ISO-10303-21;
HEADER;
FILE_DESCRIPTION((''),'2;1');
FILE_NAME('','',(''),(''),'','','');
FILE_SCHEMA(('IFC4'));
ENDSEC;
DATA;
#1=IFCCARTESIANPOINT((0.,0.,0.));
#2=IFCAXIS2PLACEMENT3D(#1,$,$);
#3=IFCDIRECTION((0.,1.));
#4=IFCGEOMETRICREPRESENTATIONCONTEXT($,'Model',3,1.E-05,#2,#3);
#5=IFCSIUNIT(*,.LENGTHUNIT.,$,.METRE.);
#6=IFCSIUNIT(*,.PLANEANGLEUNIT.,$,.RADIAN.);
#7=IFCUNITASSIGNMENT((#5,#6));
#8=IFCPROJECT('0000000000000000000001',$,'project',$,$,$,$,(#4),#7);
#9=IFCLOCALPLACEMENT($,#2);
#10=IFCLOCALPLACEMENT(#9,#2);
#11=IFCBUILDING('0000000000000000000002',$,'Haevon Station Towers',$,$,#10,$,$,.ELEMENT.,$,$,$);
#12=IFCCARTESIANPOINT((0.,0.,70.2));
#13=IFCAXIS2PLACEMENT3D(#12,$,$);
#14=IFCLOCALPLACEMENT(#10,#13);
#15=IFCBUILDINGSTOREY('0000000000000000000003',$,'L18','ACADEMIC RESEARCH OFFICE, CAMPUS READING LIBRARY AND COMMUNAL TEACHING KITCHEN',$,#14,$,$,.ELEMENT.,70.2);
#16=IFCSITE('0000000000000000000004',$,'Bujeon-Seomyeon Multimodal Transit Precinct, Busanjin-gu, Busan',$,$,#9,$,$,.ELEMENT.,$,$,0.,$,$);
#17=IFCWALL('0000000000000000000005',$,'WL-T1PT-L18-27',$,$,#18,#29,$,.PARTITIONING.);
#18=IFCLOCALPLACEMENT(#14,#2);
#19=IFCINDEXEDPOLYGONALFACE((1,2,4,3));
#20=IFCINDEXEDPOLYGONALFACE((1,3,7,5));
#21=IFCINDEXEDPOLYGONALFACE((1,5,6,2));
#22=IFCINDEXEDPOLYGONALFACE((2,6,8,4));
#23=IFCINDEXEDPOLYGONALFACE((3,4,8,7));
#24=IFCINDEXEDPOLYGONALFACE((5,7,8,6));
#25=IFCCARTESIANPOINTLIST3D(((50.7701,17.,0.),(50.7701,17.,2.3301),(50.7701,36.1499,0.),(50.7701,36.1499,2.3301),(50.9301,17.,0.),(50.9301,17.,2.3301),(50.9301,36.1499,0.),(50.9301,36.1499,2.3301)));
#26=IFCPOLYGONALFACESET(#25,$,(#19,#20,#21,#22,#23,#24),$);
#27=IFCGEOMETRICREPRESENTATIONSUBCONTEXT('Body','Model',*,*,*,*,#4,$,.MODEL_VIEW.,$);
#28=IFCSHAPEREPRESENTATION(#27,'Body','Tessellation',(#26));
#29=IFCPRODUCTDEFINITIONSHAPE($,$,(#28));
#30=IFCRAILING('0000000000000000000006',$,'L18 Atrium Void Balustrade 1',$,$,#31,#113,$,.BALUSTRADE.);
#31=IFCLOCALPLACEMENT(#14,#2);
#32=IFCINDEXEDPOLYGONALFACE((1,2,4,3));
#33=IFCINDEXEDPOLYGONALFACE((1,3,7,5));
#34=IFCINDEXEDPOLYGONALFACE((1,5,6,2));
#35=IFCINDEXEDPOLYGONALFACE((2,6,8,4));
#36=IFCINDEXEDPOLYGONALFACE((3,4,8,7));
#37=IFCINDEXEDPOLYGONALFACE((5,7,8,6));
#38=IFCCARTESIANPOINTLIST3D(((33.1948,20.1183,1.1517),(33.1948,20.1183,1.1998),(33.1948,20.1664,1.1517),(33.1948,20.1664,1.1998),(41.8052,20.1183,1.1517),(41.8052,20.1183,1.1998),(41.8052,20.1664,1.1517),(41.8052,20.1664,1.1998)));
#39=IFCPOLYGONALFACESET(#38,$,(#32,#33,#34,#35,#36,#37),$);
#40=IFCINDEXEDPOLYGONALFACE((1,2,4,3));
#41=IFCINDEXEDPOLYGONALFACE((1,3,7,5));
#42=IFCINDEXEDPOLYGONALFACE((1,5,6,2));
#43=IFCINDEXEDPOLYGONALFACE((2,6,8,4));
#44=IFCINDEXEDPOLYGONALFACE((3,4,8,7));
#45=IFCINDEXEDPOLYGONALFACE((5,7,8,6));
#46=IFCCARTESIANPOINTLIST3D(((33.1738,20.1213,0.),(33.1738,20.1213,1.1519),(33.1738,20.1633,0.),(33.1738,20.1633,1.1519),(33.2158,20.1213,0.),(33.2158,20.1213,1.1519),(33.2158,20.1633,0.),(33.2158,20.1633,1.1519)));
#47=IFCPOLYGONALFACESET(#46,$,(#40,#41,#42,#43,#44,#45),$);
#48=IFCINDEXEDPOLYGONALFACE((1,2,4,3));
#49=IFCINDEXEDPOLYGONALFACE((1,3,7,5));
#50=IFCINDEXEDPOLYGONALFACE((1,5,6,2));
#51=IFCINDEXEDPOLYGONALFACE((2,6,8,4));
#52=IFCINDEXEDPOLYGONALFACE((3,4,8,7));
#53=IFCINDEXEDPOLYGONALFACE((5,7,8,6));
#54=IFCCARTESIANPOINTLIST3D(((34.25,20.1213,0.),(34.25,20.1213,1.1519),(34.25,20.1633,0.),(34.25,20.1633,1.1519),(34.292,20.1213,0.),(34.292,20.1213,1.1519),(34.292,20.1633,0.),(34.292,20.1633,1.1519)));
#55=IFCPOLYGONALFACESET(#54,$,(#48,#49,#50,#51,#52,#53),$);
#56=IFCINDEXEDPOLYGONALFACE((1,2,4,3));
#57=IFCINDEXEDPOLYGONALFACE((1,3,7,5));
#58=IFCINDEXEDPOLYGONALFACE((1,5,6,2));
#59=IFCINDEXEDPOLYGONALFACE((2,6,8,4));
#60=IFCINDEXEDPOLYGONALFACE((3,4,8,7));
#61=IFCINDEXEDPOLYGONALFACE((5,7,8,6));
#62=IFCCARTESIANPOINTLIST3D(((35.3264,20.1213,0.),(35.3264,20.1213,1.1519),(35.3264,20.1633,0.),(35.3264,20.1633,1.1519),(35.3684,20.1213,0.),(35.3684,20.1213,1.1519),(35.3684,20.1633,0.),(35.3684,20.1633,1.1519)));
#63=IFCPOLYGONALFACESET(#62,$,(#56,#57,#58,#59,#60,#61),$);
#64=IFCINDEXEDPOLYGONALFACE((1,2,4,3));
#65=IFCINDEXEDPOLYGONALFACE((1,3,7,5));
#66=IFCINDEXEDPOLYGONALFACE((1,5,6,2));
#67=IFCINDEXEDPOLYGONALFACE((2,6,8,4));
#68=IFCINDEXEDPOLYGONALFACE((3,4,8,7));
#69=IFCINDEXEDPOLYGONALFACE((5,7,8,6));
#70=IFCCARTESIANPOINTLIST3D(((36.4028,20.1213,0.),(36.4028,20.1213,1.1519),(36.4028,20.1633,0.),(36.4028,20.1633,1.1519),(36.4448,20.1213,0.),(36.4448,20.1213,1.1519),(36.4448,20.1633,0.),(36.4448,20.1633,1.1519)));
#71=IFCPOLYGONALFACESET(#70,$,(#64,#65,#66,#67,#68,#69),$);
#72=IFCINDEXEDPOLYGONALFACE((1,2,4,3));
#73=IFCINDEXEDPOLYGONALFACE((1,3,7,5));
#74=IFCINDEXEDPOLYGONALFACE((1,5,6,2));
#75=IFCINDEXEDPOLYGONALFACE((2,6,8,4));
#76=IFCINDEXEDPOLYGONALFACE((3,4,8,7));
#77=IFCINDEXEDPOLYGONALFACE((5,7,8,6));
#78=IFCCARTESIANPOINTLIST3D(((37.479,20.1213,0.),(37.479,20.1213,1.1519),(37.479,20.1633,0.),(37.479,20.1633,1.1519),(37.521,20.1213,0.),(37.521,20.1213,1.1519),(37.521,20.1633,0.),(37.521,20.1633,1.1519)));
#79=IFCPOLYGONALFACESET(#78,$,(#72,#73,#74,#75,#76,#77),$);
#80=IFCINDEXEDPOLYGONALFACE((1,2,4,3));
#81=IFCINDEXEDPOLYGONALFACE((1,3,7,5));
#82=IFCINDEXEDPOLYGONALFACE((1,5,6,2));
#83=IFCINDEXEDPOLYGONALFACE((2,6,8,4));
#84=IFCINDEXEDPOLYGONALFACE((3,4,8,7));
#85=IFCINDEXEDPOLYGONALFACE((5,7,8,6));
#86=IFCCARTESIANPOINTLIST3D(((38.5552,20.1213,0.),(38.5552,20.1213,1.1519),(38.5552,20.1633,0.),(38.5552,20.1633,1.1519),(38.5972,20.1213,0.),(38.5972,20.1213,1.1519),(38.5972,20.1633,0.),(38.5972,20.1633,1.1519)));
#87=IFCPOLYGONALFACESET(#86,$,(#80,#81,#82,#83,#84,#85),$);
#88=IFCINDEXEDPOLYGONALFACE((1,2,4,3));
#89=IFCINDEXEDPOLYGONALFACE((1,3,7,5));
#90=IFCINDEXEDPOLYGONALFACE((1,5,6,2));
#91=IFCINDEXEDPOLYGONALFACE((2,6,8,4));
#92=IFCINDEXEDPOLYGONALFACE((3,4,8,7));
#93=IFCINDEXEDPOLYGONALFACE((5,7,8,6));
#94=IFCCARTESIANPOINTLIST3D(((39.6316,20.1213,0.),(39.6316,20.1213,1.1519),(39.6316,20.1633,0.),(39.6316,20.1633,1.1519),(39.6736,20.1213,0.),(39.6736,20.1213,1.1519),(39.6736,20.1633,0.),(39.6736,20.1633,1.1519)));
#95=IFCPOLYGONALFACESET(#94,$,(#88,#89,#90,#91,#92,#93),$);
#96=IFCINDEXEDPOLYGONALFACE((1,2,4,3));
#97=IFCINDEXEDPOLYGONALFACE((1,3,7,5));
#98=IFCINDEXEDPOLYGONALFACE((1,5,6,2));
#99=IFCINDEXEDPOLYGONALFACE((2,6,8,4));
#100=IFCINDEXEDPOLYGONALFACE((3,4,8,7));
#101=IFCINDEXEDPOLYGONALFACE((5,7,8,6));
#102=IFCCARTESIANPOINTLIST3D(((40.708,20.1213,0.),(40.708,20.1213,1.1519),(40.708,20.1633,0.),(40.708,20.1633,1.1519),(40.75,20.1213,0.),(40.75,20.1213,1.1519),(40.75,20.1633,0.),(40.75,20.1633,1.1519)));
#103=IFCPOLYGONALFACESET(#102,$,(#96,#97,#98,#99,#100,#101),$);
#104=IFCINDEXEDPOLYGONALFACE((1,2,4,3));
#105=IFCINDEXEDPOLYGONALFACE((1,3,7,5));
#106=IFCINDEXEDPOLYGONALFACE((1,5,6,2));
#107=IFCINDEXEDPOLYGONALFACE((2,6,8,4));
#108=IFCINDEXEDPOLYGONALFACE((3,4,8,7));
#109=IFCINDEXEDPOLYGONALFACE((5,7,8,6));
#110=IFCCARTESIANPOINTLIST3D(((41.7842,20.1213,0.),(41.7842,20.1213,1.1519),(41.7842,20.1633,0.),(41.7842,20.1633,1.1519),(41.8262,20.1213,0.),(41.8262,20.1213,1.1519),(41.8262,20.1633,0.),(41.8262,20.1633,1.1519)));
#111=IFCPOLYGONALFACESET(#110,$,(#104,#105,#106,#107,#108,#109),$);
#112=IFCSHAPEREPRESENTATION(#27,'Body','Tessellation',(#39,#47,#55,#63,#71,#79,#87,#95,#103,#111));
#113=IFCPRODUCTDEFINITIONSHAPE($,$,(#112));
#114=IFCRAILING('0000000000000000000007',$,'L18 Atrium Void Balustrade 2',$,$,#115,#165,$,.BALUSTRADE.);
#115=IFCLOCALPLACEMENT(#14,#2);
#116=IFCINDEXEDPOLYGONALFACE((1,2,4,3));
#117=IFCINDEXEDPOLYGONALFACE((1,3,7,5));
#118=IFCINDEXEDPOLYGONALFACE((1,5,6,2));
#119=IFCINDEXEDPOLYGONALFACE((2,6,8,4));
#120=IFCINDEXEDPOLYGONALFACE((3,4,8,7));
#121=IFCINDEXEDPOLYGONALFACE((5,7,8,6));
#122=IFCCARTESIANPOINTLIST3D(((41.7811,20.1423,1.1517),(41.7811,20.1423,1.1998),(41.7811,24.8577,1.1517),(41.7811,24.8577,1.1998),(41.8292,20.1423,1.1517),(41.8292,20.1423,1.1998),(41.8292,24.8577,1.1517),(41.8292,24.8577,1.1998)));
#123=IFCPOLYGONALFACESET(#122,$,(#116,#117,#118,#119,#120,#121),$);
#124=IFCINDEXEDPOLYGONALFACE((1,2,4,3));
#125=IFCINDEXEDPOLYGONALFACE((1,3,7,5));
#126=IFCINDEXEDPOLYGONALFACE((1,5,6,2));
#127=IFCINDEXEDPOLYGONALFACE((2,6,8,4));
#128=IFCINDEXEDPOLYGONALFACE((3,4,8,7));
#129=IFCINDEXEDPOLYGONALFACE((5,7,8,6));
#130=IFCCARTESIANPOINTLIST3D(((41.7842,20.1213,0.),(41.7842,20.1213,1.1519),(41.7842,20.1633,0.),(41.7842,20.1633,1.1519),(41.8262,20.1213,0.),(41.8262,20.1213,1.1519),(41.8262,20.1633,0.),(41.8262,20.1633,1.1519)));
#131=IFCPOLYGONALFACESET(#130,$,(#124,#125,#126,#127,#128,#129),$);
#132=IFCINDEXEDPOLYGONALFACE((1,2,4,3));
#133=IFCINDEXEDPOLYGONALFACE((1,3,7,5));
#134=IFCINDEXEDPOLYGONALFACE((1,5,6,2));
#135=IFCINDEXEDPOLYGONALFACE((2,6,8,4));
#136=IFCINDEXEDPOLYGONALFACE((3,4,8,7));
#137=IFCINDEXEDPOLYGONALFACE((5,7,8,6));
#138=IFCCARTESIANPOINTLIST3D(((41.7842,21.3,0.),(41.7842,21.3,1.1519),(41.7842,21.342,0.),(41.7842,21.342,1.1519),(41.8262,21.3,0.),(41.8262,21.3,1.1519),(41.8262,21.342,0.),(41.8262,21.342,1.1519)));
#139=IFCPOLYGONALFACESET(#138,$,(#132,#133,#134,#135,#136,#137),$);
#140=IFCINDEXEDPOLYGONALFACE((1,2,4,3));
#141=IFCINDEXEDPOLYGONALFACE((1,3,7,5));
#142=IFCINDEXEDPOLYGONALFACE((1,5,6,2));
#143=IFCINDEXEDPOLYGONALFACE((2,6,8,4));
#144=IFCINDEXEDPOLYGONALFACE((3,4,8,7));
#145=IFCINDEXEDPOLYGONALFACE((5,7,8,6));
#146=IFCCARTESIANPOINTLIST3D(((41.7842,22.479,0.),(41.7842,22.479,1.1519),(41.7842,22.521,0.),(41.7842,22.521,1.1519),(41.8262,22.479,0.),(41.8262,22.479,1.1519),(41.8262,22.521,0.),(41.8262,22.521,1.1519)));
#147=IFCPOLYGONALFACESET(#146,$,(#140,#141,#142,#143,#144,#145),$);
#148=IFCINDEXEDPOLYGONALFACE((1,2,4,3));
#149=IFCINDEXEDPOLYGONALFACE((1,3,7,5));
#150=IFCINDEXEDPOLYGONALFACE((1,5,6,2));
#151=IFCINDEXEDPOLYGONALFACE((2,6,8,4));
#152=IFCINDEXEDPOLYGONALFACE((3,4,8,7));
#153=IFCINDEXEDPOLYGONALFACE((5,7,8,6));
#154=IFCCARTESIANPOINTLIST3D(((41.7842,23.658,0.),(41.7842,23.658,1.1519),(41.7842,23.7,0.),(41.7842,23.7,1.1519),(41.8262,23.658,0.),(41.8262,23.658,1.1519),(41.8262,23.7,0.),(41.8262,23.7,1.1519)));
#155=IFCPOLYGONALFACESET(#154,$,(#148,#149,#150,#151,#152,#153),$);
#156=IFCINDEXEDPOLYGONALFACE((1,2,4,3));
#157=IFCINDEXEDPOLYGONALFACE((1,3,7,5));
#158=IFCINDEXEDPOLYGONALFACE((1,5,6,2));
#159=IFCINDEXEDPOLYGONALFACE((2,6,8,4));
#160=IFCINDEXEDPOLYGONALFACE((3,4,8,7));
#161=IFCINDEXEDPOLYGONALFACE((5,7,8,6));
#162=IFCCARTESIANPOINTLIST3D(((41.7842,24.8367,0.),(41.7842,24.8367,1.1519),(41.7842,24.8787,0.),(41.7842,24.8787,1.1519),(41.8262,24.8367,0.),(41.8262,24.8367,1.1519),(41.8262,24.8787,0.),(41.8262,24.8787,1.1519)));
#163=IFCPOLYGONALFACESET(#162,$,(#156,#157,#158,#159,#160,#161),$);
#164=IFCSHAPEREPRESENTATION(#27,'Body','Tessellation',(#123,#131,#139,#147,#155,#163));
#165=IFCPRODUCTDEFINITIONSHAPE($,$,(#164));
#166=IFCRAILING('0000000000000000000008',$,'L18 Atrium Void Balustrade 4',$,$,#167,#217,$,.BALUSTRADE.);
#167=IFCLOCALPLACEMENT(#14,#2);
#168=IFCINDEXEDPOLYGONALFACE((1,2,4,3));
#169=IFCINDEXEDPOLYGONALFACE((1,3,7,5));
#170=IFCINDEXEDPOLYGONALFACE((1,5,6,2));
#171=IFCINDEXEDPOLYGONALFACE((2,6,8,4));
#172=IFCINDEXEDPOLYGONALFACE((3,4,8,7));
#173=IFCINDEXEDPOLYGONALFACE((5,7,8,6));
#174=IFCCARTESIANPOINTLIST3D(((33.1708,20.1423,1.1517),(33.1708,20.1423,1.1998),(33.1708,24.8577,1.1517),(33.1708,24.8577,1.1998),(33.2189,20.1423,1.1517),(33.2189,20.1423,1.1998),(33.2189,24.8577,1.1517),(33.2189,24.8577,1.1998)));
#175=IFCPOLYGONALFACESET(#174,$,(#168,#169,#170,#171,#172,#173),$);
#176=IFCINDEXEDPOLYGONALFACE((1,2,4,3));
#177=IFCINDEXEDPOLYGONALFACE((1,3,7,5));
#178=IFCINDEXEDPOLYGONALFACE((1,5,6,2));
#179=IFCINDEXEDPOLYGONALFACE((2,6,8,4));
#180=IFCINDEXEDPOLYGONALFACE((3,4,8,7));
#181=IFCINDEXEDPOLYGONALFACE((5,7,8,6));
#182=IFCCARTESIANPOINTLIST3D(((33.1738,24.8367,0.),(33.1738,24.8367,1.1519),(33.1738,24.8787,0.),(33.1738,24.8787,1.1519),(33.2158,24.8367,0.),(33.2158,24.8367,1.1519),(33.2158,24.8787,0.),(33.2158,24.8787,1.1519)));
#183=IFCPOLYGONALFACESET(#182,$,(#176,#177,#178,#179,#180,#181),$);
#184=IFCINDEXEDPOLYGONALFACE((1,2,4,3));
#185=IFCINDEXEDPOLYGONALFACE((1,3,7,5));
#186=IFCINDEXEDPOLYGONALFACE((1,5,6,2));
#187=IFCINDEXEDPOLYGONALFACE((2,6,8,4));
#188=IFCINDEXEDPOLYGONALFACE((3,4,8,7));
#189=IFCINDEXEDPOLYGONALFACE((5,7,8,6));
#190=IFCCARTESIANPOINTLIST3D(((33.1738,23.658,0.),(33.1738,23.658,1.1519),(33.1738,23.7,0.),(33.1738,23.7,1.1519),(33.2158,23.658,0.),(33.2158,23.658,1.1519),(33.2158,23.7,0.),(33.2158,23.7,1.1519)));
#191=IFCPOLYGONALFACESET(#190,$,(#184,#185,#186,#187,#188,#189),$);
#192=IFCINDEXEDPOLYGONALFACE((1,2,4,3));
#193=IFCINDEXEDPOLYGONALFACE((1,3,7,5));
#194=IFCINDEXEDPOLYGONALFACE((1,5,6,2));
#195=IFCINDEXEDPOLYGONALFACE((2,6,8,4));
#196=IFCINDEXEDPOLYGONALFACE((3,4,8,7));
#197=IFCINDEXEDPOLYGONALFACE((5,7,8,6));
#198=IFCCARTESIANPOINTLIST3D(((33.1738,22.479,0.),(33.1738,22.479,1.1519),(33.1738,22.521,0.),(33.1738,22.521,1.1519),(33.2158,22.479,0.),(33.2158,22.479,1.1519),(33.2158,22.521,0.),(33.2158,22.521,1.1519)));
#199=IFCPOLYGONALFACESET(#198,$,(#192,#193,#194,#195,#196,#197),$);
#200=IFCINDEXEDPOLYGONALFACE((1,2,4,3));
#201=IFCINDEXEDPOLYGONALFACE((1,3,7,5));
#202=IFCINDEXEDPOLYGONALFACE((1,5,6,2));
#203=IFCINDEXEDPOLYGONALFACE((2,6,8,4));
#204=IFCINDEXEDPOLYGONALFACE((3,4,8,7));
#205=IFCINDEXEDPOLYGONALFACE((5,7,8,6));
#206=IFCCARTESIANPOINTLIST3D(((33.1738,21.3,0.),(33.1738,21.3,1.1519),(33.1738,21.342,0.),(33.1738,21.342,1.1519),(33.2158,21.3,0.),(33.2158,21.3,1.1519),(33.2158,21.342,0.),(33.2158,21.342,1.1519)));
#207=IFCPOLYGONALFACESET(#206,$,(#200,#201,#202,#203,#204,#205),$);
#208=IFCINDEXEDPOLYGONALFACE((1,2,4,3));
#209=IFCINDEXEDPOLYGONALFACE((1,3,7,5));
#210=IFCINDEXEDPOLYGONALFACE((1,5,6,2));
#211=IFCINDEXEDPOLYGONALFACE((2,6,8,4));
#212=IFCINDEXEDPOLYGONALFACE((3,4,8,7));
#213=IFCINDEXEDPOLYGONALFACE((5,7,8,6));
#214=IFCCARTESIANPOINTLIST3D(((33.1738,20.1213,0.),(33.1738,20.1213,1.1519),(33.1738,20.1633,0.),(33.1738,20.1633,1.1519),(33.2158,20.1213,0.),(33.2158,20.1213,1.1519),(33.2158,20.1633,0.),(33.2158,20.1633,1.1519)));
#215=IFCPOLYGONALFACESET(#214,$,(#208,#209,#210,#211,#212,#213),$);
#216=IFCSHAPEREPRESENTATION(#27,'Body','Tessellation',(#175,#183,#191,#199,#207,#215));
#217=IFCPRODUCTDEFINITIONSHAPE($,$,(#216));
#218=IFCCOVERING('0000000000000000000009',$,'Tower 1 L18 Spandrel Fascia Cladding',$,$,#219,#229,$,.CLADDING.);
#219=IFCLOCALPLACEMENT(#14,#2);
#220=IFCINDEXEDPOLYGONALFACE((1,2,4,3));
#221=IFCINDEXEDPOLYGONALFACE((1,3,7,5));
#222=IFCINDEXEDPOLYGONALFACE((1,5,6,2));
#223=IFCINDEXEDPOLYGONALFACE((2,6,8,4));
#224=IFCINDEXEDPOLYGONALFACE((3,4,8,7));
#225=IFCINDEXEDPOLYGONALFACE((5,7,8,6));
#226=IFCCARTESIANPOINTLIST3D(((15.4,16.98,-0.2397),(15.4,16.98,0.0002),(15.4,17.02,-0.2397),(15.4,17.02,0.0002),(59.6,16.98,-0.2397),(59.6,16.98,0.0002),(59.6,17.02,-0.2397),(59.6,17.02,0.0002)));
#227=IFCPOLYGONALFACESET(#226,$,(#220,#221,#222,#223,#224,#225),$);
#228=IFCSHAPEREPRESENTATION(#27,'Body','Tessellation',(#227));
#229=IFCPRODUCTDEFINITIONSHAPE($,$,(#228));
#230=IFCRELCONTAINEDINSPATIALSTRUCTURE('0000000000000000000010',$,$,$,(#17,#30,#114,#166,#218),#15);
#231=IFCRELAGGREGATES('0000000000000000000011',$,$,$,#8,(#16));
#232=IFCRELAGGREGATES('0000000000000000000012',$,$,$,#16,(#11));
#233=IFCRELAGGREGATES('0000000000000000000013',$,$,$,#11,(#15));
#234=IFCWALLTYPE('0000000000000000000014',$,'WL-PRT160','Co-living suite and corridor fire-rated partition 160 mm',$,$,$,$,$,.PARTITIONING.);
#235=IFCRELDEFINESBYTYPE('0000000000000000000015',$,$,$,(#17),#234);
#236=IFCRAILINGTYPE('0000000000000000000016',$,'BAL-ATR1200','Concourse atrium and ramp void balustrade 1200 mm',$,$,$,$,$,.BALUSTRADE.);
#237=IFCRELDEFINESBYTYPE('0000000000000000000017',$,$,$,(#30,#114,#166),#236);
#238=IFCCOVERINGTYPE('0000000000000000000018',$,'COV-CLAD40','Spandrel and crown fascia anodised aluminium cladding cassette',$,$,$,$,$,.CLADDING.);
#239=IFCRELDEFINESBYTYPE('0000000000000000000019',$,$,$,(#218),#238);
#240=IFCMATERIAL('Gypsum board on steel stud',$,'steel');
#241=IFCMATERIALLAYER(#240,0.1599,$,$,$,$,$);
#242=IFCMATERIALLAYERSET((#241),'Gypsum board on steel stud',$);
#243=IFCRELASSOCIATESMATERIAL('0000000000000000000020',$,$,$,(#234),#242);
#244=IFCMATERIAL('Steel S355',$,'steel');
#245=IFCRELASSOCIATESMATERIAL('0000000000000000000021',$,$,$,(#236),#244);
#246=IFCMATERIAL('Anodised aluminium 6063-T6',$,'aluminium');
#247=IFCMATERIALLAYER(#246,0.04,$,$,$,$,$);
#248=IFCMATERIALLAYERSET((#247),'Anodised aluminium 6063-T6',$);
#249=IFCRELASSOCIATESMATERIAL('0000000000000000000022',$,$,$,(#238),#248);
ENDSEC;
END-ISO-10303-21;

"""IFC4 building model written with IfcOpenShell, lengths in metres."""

from ifc_helpers import new_model, si_unit, direction, frame, frame_2d, origin, origin_2d, place, context, subcontext, project, spatial, rectangle, extrude, material, layer, layer_set, type_object, element, save


model = new_model("IFC4")

# Units and contexts
model_context = context("Model", 3, precision=1e-05, world=origin(), true_north=direction((0.0, 1.0)))
body_context = subcontext(model_context, "Body", "Model", "MODEL_VIEW")
ifc_project = project(units=[si_unit("LENGTHUNIT", "METRE"), si_unit("PLANEANGLEUNIT", "RADIAN")], contexts=[model_context])

# Site, building, storey
site_placement = place(None, origin())
site = spatial("IfcSite", under=ifc_project, at=site_placement, Name="Bujeon-Seomyeon Multimodal Transit Precinct, Busanjin-gu, Busan", CompositionType="ELEMENT", RefElevation=0.0)
building_placement = place(site_placement, origin())
building = spatial("IfcBuilding", under=site, at=building_placement, Name="Haevon Station Towers", CompositionType="ELEMENT")
storey_placement = place(building_placement, frame((0.0, 0.0, 70.2)))
storey = spatial("IfcBuildingStorey", under=building, at=storey_placement, Name="L18", Description="ACADEMIC RESEARCH OFFICE, CAMPUS READING LIBRARY AND COMMUNAL TEACHING KITCHEN", CompositionType="ELEMENT", Elevation=70.2)

# Shared definitions
ifc_material_1 = material(Name="Steel S355", Category="steel")

# Wall
ifc_material_2 = material(Name="Gypsum board on steel stud", Category="steel")
ifc_layer_1 = layer(ifc_material_2, 0.1599)
ifc_layer_set_1 = layer_set([ifc_layer_1], Name="Gypsum board on steel stud")
wall_type_1 = type_object("IfcWallType", Name="WL-PRT160", Description="Co-living suite and corridor fire-rated partition 160 mm", PredefinedType="PARTITIONING", material=ifc_layer_set_1)
wall_1_placement = place(storey_placement, frame((50.8501, 17.0, 0.0), z_axis=(0.0, 0.0, 1.0), x_axis=(0.0, 1.0, 0.0)))
element("IfcWall", 1, at=wall_1_placement, inside=storey, type_object=wall_type_1, Name="WL-T1PT-L18-27", PredefinedType="PARTITIONING", context=body_context, shape_type="SweptSolid", body=[
    extrude(rectangle(XDim=19.1499, YDim=0.1599, at=frame_2d((9.575, 0.0))), origin(), (0.0, 0.0, 1.0), 2.3301),
])

# Railings
railing_type = type_object("IfcRailingType", Name="BAL-ATR1200", Description="Concourse atrium and ramp void balustrade 1200 mm", PredefinedType="BALUSTRADE", material=ifc_material_1)
railing_1_placement = place(storey_placement, frame((33.1948, 20.1423, 0.0)))
element("IfcRailing", 2, at=railing_1_placement, inside=storey, type_object=railing_type, Name="L18 Atrium Void Balustrade 1", PredefinedType="BALUSTRADE", context=body_context, shape_type="SweptSolid", body=[
    extrude(rectangle(XDim=0.0481, YDim=0.0481, at=origin_2d()), frame((0.0, 0.0, 1.1758), z_axis=(1.0, 0.0, 0.0), x_axis=(0.0, 1.0, 0.0)), (0.0, 0.0, 1.0), 8.6104),
    extrude(rectangle(XDim=0.042, YDim=0.042, at=origin_2d()), origin(), (0.0, 0.0, 1.0), 1.1519),
    extrude(rectangle(XDim=0.042, YDim=0.042, at=origin_2d()), frame((1.0762, 0.0, 0.0)), (0.0, 0.0, 1.0), 1.1519),
    extrude(rectangle(XDim=0.042, YDim=0.042, at=origin_2d()), frame((2.1526, 0.0, 0.0)), (0.0, 0.0, 1.0), 1.1519),
    extrude(rectangle(XDim=0.042, YDim=0.042, at=origin_2d()), frame((3.229, 0.0, 0.0)), (0.0, 0.0, 1.0), 1.1519),
    extrude(rectangle(XDim=0.042, YDim=0.042, at=origin_2d()), frame((4.3052, 0.0, 0.0)), (0.0, 0.0, 1.0), 1.1519),
    extrude(rectangle(XDim=0.042, YDim=0.042, at=origin_2d()), frame((5.3813, 0.0, 0.0)), (0.0, 0.0, 1.0), 1.1519),
    extrude(rectangle(XDim=0.042, YDim=0.042, at=origin_2d()), frame((6.4578, 0.0, 0.0)), (0.0, 0.0, 1.0), 1.1519),
    extrude(rectangle(XDim=0.042, YDim=0.042, at=origin_2d()), frame((7.5342, 0.0, 0.0)), (0.0, 0.0, 1.0), 1.1519),
    extrude(rectangle(XDim=0.042, YDim=0.042, at=origin_2d()), frame((8.6104, 0.0, 0.0)), (0.0, 0.0, 1.0), 1.1519),
])
railing_2_placement = place(storey_placement, frame((41.8052, 20.1423, 0.0)))
element("IfcRailing", 3, at=railing_2_placement, inside=storey, type_object=railing_type, Name="L18 Atrium Void Balustrade 2", PredefinedType="BALUSTRADE", context=body_context, shape_type="SweptSolid", body=[
    extrude(rectangle(XDim=0.0481, YDim=0.0481, at=origin_2d()), frame((0.0, 0.0, 1.1758), z_axis=(0.0, 1.0, 0.0), x_axis=(-1.0, 0.0, 0.0)), (0.0, 0.0, 1.0), 4.7153),
    extrude(rectangle(XDim=0.042, YDim=0.042, at=origin_2d()), origin(), (0.0, 0.0, 1.0), 1.1519),
    extrude(rectangle(XDim=0.042, YDim=0.042, at=origin_2d()), frame((0.0, 1.1787, 0.0)), (0.0, 0.0, 1.0), 1.1519),
    extrude(rectangle(XDim=0.042, YDim=0.042, at=origin_2d()), frame((0.0, 2.3577, 0.0)), (0.0, 0.0, 1.0), 1.1519),
    extrude(rectangle(XDim=0.042, YDim=0.042, at=origin_2d()), frame((0.0, 3.5366, 0.0)), (0.0, 0.0, 1.0), 1.1519),
    extrude(rectangle(XDim=0.042, YDim=0.042, at=origin_2d()), frame((0.0, 4.7153, 0.0)), (0.0, 0.0, 1.0), 1.1519),
])
railing_3_placement = place(storey_placement, frame((33.1948, 24.8577, 0.0)))
element("IfcRailing", 4, at=railing_3_placement, inside=storey, type_object=railing_type, Name="L18 Atrium Void Balustrade 4", PredefinedType="BALUSTRADE", context=body_context, shape_type="SweptSolid", body=[
    extrude(rectangle(XDim=0.0481, YDim=0.0481, at=origin_2d()), frame((0.0, 0.0, 1.1758), z_axis=(0.0, -1.0, 0.0), x_axis=(1.0, 0.0, 0.0)), (0.0, 0.0, 1.0), 4.7153),
    extrude(rectangle(XDim=0.042, YDim=0.042, at=origin_2d()), origin(), (0.0, 0.0, 1.0), 1.1519),
    extrude(rectangle(XDim=0.042, YDim=0.042, at=origin_2d()), frame((0.0, -1.1787, 0.0)), (0.0, 0.0, 1.0), 1.1519),
    extrude(rectangle(XDim=0.042, YDim=0.042, at=origin_2d()), frame((0.0, -2.3577, 0.0)), (0.0, 0.0, 1.0), 1.1519),
    extrude(rectangle(XDim=0.042, YDim=0.042, at=origin_2d()), frame((0.0, -3.5366, 0.0)), (0.0, 0.0, 1.0), 1.1519),
    extrude(rectangle(XDim=0.042, YDim=0.042, at=origin_2d()), frame((0.0, -4.7153, 0.0)), (0.0, 0.0, 1.0), 1.1519),
])

# Covering
ifc_material_3 = material(Name="Anodised aluminium 6063-T6", Category="aluminium")
ifc_layer_2 = layer(ifc_material_3, 0.04)
ifc_layer_set_2 = layer_set([ifc_layer_2], Name="Anodised aluminium 6063-T6")
covering_type_1 = type_object("IfcCoveringType", Name="COV-CLAD40", Description="Spandrel and crown fascia anodised aluminium cladding cassette", PredefinedType="CLADDING", material=ifc_layer_set_2)
covering_1_placement = place(storey_placement, frame((37.5, 17.0, -0.2397), z_axis=(0.0, 0.0, 1.0), x_axis=(1.0, 0.0, 0.0)))
element("IfcCovering", 5, at=covering_1_placement, inside=storey, type_object=covering_type_1, Name="Tower 1 L18 Spandrel Fascia Cladding", PredefinedType="CLADDING", context=body_context, shape_type="SweptSolid", body=[
    extrude(rectangle(XDim=44.2, YDim=0.04, at=origin_2d()), origin(), (0.0, 0.0, 1.0), 0.24),
])

save(model, "model.ifc")
